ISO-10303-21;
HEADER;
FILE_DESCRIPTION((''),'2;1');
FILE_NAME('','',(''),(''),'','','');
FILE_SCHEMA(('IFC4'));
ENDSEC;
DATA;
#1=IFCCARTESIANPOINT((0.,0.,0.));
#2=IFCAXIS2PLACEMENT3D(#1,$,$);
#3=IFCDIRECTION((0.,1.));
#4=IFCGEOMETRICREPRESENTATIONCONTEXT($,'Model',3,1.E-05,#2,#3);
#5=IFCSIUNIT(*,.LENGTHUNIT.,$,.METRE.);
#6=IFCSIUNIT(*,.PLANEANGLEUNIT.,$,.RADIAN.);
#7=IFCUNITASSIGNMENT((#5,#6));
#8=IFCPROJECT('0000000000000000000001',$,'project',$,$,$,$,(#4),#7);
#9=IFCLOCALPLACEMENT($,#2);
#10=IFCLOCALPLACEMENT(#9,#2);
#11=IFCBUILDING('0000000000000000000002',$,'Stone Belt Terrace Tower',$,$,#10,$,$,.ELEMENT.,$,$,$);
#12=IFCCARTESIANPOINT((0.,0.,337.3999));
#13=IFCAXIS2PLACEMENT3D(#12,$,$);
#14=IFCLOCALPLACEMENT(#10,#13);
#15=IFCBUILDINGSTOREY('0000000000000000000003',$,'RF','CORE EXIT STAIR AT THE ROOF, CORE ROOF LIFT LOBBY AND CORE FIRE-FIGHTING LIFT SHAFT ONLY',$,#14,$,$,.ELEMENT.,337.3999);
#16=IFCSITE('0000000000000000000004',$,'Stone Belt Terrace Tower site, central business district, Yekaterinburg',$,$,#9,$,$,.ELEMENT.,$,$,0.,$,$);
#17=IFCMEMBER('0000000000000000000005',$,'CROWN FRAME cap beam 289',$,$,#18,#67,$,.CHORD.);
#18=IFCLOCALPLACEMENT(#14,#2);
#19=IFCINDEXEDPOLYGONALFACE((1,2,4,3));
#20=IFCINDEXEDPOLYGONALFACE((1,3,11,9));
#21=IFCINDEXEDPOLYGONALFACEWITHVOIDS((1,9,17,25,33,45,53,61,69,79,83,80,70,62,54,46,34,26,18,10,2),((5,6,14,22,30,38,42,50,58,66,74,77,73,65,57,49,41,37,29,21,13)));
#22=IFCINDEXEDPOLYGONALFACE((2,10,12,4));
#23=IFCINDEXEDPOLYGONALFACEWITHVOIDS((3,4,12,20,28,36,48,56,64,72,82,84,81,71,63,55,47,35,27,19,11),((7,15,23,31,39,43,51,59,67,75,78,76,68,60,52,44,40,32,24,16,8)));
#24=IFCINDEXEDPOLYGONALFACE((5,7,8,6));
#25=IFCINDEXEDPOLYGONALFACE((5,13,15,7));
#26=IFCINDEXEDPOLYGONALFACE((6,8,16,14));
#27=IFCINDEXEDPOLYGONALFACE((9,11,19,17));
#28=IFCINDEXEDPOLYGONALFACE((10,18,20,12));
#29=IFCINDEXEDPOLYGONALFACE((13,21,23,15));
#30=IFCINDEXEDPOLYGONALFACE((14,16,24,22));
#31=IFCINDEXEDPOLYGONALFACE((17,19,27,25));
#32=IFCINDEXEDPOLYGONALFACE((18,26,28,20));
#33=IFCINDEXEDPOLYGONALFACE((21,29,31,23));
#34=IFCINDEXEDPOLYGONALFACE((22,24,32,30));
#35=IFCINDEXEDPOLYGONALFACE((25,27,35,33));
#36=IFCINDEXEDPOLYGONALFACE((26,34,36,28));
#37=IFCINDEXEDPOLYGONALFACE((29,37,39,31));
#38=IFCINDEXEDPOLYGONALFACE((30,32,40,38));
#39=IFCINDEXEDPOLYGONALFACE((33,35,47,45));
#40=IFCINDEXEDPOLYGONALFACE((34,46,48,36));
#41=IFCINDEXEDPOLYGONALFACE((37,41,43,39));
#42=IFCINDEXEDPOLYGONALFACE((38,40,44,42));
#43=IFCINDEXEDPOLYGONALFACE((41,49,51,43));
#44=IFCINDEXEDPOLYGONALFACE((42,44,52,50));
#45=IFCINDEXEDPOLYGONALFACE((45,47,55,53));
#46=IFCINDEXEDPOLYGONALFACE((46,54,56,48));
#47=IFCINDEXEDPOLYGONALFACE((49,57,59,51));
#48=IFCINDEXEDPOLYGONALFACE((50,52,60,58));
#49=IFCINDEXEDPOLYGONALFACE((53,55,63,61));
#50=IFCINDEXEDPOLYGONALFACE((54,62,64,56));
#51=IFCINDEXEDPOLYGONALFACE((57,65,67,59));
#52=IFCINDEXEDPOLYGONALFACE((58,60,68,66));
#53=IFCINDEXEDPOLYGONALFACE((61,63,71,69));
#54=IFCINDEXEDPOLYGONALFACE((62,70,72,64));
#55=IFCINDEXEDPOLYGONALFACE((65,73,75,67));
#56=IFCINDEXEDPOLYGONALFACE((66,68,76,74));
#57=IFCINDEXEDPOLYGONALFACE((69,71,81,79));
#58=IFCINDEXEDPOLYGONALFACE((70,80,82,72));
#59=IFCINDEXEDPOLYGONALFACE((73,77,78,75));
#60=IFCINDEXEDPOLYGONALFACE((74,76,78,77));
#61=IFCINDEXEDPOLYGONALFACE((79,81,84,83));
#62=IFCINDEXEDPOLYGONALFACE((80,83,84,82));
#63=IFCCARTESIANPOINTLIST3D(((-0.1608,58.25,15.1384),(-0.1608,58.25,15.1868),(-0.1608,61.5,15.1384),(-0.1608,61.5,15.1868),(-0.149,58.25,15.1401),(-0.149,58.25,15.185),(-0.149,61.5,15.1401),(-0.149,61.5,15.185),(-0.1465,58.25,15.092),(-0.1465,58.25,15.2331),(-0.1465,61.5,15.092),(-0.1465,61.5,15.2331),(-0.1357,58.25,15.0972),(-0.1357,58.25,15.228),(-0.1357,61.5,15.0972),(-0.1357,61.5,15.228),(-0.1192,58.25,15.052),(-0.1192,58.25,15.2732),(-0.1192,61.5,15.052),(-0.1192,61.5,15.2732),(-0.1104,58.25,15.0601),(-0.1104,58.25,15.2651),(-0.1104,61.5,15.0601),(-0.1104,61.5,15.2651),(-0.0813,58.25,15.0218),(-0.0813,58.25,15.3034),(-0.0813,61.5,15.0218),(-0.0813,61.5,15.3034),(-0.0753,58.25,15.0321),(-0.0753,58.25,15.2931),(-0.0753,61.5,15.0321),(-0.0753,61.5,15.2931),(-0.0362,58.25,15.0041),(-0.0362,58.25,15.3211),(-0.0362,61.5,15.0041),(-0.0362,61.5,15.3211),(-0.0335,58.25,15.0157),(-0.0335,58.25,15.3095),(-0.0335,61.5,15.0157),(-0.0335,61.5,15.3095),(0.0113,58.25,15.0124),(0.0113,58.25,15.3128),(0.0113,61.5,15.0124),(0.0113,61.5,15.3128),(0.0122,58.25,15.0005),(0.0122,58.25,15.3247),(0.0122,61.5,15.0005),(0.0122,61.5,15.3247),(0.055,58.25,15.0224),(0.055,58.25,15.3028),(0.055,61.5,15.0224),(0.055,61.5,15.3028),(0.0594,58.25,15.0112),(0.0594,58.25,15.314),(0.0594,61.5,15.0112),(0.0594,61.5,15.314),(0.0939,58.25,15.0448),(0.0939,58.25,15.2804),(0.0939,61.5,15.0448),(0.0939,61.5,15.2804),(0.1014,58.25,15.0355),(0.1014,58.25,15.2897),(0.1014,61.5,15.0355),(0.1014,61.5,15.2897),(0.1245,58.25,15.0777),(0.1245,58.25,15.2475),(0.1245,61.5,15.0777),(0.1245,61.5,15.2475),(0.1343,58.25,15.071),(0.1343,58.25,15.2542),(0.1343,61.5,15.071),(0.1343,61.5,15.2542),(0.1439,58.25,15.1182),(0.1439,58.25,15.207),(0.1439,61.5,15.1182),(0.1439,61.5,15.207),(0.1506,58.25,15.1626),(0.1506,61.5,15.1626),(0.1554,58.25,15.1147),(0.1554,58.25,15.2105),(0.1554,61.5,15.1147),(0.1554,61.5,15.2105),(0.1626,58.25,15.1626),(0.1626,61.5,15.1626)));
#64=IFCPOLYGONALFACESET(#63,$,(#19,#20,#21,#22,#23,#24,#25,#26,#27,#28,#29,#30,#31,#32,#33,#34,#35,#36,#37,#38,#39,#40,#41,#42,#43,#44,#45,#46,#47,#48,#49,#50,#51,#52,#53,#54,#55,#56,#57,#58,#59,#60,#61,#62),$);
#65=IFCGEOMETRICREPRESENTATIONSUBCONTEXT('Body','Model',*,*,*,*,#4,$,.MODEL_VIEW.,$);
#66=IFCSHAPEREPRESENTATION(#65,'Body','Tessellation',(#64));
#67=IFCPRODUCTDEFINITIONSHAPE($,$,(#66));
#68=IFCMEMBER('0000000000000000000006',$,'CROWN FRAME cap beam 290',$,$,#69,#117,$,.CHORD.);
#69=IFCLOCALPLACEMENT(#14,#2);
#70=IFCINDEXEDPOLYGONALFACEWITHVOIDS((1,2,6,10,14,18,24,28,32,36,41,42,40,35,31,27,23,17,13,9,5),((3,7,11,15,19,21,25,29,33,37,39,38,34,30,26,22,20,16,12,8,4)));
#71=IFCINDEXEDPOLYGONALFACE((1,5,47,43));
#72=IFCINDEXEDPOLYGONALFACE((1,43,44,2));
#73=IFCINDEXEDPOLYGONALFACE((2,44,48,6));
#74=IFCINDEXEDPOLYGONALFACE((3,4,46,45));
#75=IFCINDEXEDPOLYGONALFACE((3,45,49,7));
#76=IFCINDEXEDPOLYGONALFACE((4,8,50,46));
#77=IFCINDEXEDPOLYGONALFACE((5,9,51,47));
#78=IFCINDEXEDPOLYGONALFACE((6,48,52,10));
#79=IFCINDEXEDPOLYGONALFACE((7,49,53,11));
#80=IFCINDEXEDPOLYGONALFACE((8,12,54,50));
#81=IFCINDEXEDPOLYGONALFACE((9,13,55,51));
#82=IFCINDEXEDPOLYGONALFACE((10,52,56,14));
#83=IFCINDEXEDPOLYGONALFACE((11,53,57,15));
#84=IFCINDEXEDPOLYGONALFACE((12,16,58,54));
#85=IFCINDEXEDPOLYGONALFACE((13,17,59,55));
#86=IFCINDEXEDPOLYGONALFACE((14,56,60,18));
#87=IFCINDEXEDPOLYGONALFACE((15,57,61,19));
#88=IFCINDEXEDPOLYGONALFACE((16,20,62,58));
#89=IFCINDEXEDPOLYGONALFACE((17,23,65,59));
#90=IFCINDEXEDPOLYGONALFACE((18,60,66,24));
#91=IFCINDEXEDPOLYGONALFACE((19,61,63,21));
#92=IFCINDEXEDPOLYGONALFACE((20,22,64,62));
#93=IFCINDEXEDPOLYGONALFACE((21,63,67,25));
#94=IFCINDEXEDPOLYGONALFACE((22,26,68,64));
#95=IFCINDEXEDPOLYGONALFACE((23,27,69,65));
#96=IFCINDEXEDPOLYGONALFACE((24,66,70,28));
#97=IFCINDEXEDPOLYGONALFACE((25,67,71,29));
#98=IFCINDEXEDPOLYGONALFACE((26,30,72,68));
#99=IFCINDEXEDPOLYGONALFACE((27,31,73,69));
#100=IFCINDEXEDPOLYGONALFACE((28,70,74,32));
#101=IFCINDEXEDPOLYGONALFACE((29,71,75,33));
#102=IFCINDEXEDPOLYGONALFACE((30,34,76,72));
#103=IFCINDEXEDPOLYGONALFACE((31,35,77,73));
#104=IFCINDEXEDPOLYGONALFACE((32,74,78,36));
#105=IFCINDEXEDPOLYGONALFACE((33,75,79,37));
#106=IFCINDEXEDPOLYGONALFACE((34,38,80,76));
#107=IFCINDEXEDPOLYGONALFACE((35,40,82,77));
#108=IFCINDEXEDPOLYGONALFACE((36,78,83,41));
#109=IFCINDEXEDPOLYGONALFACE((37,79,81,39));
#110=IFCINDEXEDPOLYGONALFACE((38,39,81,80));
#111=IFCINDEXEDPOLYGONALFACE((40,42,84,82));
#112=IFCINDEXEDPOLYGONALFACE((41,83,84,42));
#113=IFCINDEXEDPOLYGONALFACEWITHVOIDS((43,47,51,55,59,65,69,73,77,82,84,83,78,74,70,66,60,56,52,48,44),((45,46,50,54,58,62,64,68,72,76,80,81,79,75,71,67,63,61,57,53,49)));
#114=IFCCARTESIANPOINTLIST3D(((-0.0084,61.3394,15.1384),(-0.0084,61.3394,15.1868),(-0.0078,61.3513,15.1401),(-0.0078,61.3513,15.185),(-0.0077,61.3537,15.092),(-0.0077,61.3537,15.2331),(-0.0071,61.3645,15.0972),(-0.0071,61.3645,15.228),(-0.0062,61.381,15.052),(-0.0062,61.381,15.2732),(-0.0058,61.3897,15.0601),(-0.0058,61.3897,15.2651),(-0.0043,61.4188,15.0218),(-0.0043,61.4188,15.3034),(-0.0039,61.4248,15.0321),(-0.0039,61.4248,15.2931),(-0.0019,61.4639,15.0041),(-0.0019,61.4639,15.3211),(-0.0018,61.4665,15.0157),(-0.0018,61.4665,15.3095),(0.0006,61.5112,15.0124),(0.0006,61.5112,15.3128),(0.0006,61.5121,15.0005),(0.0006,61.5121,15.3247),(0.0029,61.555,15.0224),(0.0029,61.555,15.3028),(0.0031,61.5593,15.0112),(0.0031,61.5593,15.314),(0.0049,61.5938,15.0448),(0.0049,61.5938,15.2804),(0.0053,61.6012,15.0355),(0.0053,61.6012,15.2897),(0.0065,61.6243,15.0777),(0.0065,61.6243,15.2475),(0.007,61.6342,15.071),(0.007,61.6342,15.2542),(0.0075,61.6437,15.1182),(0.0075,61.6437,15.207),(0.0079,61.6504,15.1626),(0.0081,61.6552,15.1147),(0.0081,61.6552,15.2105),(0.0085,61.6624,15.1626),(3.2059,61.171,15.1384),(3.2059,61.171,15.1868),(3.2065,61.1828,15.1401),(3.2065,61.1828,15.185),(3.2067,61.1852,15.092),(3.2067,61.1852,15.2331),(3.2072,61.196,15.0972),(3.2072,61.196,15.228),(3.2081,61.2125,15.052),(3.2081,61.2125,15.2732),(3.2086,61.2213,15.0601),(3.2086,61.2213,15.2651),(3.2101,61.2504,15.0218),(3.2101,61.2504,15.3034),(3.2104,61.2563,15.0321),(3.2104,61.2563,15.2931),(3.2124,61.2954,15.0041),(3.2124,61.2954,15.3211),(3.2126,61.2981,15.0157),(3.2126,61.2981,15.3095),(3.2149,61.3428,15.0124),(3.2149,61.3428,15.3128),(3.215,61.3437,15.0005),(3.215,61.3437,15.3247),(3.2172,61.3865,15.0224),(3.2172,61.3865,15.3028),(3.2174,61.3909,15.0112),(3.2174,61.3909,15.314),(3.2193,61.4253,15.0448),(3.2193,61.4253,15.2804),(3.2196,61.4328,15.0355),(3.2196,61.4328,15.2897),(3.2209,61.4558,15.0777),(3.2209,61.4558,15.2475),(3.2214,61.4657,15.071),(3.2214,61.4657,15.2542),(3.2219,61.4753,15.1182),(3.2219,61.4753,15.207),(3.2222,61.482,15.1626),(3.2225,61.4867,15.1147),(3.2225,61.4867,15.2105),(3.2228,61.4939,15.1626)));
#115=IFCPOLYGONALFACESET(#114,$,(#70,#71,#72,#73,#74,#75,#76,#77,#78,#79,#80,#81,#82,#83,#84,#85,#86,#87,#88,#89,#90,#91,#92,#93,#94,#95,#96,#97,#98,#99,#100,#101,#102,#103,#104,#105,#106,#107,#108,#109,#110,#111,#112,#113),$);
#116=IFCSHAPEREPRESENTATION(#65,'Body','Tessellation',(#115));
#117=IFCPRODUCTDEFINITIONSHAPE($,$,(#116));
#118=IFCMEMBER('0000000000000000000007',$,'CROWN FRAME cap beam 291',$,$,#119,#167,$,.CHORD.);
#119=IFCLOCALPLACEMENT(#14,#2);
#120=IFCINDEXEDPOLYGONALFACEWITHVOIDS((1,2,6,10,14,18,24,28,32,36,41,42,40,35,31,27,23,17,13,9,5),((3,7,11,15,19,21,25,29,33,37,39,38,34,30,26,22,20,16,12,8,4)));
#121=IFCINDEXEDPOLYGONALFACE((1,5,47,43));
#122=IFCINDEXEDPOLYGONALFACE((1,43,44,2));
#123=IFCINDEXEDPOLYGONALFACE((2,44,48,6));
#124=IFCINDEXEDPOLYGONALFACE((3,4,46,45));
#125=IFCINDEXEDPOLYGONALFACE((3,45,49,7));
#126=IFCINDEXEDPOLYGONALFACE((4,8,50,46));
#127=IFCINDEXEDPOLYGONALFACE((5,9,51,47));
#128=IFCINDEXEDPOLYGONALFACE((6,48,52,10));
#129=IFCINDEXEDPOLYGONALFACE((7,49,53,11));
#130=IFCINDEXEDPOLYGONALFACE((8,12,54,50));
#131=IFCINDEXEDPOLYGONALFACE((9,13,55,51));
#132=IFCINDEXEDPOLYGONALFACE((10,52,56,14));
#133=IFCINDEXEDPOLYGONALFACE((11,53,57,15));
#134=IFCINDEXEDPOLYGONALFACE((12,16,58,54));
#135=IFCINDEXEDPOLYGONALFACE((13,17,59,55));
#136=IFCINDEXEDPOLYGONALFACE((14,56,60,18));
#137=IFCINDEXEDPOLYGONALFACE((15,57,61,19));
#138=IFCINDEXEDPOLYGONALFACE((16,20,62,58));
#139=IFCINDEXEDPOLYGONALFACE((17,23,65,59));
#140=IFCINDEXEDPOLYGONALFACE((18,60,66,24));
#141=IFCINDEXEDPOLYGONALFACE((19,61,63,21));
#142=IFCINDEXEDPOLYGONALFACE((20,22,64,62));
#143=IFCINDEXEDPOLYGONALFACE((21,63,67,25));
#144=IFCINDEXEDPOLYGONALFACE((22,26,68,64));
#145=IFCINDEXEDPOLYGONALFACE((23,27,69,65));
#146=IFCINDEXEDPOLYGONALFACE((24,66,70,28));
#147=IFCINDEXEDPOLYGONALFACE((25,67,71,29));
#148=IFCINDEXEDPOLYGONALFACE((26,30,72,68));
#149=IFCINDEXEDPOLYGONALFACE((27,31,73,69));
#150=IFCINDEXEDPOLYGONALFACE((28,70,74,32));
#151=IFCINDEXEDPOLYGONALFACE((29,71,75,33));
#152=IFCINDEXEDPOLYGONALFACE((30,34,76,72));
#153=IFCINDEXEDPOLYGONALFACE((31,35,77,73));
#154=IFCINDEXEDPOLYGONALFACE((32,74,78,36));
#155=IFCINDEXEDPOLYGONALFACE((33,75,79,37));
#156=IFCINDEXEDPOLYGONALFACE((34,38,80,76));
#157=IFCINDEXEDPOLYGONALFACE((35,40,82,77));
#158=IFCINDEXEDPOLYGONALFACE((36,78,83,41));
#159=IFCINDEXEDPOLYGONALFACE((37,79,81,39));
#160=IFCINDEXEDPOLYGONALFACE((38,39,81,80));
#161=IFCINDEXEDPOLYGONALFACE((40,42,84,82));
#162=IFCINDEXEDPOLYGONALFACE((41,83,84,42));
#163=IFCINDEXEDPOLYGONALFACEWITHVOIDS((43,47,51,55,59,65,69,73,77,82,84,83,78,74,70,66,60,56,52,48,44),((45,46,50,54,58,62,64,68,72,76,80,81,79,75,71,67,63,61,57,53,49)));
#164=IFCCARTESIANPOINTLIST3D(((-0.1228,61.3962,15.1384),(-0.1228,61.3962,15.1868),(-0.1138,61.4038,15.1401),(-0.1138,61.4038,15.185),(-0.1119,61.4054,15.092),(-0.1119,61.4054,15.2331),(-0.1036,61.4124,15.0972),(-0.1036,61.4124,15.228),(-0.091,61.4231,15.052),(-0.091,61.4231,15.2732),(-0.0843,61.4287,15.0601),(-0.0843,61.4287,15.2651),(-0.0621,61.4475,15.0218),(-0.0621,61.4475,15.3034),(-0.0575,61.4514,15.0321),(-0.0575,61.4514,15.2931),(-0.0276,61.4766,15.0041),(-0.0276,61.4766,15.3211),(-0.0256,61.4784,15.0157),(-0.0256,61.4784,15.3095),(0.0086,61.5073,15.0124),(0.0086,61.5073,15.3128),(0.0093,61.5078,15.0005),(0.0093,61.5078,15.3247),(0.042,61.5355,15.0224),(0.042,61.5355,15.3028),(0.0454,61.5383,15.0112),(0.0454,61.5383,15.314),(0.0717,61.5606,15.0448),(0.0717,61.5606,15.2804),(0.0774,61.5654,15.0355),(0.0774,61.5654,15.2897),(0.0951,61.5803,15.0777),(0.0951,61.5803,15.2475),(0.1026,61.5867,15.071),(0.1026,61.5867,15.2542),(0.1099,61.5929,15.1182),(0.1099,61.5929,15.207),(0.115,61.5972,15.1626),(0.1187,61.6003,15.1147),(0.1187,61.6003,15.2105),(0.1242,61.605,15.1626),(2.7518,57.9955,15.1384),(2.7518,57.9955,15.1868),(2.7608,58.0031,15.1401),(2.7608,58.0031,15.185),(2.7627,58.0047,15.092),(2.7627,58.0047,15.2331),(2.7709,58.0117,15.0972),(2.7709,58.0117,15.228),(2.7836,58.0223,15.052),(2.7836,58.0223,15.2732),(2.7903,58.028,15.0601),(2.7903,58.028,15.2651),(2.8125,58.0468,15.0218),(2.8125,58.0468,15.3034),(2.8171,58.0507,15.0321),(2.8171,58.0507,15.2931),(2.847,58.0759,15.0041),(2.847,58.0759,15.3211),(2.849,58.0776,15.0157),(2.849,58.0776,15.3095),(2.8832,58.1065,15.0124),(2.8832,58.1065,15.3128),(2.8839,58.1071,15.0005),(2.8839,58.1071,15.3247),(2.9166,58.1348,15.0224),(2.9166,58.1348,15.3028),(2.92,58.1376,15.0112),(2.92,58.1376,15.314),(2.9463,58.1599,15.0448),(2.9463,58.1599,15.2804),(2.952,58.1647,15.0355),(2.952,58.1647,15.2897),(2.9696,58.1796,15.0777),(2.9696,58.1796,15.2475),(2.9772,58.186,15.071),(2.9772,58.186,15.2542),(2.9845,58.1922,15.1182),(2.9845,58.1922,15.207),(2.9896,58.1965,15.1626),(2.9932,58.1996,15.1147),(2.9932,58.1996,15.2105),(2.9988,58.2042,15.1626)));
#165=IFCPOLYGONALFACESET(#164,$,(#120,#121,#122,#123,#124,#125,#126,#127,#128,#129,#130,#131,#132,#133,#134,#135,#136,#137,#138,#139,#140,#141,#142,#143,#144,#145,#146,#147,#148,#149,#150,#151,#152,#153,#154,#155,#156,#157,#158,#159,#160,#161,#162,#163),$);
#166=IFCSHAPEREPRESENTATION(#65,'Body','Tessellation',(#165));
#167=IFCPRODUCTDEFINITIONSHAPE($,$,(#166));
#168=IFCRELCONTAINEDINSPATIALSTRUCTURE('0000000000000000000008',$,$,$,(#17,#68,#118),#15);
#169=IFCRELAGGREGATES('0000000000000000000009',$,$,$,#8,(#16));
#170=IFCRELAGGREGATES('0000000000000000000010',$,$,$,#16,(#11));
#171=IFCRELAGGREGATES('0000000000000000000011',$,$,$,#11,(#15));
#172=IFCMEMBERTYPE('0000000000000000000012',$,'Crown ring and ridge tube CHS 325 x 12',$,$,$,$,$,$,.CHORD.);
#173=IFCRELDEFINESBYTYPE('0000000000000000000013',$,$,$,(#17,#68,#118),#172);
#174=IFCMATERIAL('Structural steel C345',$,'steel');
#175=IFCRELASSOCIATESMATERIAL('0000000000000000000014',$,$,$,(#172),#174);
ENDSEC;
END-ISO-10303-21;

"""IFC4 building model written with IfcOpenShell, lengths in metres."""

from ifc_helpers import new_model, si_unit, direction, frame, origin, origin_2d, place, context, subcontext, project, spatial, hollow_circle, extrude, material, material_profile, profile_set, type_object, element, save


model = new_model("IFC4")

# Units and contexts
model_context = context("Model", 3, precision=1e-05, world=origin(), true_north=direction((0.0, 1.0)))
body_context = subcontext(model_context, "Body", "Model", "MODEL_VIEW")
ifc_project = project(units=[si_unit("LENGTHUNIT", "METRE"), si_unit("PLANEANGLEUNIT", "RADIAN")], contexts=[model_context])

# Site, building, storey
site_placement = place(None, origin())
site = spatial("IfcSite", under=ifc_project, at=site_placement, Name="Stone Belt Terrace Tower site, central business district, Yekaterinburg", CompositionType="ELEMENT", RefElevation=0.0)
building_placement = place(site_placement, origin())
building = spatial("IfcBuilding", under=site, at=building_placement, Name="Stone Belt Terrace Tower", CompositionType="ELEMENT")
storey_placement = place(building_placement, frame((0.0, 0.0, 337.3999)))
storey = spatial("IfcBuildingStorey", under=building, at=storey_placement, Name="RF", Description="CORE EXIT STAIR AT THE ROOF, CORE ROOF LIFT LOBBY AND CORE FIRE-FIGHTING LIFT SHAFT ONLY", CompositionType="ELEMENT", Elevation=337.3999)

# Members
ifc_material_1 = material(Name="Structural steel C345", Category="steel")
ifc_material_profile_1 = material_profile(ifc_material_1, hollow_circle(Radius=0.1626, WallThickness=0.012, at=origin_2d()), Name="Structural steel C345 CHS 325x12")
ifc_profile_set_1 = profile_set([ifc_material_profile_1], Name="Structural steel C345")
member_type_1 = type_object("IfcMemberType", Name="Crown ring and ridge tube CHS 325 x 12", PredefinedType="CHORD", material=ifc_profile_set_1)
member_1_placement = place(storey_placement, frame((0.0, 61.5, 15.1626), z_axis=(0.0, -1.0, 0.0), x_axis=(1.0, 0.0, 0.0)))
element("IfcMember", 1, at=member_1_placement, inside=storey, type_object=member_type_1, Name="CROWN FRAME cap beam 289", PredefinedType="CHORD", context=body_context, shape_type="SweptSolid", body=[
    extrude(hollow_circle(Radius=0.1626, WallThickness=0.012, at=origin_2d()), origin(), (0.0, 0.0, 1.0), 3.25),
])
member_2_placement = place(storey_placement, frame((0.0, 61.5, 15.1626), z_axis=(0.99863, -0.052336, 0.0), x_axis=(0.052336, 0.99863, 0.0)))
element("IfcMember", 2, at=member_2_placement, inside=storey, type_object=member_type_1, Name="CROWN FRAME cap beam 290", PredefinedType="CHORD", context=body_context, shape_type="SweptSolid", body=[
    extrude(hollow_circle(Radius=0.1626, WallThickness=0.012, at=origin_2d()), origin(), (0.0, 0.0, 1.0), 3.2188),
])
member_3_placement = place(storey_placement, frame((0.0, 61.5, 15.1626), z_axis=(0.645556, -0.763713, 0.0), x_axis=(0.763713, 0.645556, 0.0)))
element("IfcMember", 3, at=member_3_placement, inside=storey, type_object=member_type_1, Name="CROWN FRAME cap beam 291", PredefinedType="CHORD", context=body_context, shape_type="SweptSolid", body=[
    extrude(hollow_circle(Radius=0.1626, WallThickness=0.012, at=origin_2d()), origin(), (0.0, 0.0, 1.0), 4.4529),
])

save(model, "model.ifc")
